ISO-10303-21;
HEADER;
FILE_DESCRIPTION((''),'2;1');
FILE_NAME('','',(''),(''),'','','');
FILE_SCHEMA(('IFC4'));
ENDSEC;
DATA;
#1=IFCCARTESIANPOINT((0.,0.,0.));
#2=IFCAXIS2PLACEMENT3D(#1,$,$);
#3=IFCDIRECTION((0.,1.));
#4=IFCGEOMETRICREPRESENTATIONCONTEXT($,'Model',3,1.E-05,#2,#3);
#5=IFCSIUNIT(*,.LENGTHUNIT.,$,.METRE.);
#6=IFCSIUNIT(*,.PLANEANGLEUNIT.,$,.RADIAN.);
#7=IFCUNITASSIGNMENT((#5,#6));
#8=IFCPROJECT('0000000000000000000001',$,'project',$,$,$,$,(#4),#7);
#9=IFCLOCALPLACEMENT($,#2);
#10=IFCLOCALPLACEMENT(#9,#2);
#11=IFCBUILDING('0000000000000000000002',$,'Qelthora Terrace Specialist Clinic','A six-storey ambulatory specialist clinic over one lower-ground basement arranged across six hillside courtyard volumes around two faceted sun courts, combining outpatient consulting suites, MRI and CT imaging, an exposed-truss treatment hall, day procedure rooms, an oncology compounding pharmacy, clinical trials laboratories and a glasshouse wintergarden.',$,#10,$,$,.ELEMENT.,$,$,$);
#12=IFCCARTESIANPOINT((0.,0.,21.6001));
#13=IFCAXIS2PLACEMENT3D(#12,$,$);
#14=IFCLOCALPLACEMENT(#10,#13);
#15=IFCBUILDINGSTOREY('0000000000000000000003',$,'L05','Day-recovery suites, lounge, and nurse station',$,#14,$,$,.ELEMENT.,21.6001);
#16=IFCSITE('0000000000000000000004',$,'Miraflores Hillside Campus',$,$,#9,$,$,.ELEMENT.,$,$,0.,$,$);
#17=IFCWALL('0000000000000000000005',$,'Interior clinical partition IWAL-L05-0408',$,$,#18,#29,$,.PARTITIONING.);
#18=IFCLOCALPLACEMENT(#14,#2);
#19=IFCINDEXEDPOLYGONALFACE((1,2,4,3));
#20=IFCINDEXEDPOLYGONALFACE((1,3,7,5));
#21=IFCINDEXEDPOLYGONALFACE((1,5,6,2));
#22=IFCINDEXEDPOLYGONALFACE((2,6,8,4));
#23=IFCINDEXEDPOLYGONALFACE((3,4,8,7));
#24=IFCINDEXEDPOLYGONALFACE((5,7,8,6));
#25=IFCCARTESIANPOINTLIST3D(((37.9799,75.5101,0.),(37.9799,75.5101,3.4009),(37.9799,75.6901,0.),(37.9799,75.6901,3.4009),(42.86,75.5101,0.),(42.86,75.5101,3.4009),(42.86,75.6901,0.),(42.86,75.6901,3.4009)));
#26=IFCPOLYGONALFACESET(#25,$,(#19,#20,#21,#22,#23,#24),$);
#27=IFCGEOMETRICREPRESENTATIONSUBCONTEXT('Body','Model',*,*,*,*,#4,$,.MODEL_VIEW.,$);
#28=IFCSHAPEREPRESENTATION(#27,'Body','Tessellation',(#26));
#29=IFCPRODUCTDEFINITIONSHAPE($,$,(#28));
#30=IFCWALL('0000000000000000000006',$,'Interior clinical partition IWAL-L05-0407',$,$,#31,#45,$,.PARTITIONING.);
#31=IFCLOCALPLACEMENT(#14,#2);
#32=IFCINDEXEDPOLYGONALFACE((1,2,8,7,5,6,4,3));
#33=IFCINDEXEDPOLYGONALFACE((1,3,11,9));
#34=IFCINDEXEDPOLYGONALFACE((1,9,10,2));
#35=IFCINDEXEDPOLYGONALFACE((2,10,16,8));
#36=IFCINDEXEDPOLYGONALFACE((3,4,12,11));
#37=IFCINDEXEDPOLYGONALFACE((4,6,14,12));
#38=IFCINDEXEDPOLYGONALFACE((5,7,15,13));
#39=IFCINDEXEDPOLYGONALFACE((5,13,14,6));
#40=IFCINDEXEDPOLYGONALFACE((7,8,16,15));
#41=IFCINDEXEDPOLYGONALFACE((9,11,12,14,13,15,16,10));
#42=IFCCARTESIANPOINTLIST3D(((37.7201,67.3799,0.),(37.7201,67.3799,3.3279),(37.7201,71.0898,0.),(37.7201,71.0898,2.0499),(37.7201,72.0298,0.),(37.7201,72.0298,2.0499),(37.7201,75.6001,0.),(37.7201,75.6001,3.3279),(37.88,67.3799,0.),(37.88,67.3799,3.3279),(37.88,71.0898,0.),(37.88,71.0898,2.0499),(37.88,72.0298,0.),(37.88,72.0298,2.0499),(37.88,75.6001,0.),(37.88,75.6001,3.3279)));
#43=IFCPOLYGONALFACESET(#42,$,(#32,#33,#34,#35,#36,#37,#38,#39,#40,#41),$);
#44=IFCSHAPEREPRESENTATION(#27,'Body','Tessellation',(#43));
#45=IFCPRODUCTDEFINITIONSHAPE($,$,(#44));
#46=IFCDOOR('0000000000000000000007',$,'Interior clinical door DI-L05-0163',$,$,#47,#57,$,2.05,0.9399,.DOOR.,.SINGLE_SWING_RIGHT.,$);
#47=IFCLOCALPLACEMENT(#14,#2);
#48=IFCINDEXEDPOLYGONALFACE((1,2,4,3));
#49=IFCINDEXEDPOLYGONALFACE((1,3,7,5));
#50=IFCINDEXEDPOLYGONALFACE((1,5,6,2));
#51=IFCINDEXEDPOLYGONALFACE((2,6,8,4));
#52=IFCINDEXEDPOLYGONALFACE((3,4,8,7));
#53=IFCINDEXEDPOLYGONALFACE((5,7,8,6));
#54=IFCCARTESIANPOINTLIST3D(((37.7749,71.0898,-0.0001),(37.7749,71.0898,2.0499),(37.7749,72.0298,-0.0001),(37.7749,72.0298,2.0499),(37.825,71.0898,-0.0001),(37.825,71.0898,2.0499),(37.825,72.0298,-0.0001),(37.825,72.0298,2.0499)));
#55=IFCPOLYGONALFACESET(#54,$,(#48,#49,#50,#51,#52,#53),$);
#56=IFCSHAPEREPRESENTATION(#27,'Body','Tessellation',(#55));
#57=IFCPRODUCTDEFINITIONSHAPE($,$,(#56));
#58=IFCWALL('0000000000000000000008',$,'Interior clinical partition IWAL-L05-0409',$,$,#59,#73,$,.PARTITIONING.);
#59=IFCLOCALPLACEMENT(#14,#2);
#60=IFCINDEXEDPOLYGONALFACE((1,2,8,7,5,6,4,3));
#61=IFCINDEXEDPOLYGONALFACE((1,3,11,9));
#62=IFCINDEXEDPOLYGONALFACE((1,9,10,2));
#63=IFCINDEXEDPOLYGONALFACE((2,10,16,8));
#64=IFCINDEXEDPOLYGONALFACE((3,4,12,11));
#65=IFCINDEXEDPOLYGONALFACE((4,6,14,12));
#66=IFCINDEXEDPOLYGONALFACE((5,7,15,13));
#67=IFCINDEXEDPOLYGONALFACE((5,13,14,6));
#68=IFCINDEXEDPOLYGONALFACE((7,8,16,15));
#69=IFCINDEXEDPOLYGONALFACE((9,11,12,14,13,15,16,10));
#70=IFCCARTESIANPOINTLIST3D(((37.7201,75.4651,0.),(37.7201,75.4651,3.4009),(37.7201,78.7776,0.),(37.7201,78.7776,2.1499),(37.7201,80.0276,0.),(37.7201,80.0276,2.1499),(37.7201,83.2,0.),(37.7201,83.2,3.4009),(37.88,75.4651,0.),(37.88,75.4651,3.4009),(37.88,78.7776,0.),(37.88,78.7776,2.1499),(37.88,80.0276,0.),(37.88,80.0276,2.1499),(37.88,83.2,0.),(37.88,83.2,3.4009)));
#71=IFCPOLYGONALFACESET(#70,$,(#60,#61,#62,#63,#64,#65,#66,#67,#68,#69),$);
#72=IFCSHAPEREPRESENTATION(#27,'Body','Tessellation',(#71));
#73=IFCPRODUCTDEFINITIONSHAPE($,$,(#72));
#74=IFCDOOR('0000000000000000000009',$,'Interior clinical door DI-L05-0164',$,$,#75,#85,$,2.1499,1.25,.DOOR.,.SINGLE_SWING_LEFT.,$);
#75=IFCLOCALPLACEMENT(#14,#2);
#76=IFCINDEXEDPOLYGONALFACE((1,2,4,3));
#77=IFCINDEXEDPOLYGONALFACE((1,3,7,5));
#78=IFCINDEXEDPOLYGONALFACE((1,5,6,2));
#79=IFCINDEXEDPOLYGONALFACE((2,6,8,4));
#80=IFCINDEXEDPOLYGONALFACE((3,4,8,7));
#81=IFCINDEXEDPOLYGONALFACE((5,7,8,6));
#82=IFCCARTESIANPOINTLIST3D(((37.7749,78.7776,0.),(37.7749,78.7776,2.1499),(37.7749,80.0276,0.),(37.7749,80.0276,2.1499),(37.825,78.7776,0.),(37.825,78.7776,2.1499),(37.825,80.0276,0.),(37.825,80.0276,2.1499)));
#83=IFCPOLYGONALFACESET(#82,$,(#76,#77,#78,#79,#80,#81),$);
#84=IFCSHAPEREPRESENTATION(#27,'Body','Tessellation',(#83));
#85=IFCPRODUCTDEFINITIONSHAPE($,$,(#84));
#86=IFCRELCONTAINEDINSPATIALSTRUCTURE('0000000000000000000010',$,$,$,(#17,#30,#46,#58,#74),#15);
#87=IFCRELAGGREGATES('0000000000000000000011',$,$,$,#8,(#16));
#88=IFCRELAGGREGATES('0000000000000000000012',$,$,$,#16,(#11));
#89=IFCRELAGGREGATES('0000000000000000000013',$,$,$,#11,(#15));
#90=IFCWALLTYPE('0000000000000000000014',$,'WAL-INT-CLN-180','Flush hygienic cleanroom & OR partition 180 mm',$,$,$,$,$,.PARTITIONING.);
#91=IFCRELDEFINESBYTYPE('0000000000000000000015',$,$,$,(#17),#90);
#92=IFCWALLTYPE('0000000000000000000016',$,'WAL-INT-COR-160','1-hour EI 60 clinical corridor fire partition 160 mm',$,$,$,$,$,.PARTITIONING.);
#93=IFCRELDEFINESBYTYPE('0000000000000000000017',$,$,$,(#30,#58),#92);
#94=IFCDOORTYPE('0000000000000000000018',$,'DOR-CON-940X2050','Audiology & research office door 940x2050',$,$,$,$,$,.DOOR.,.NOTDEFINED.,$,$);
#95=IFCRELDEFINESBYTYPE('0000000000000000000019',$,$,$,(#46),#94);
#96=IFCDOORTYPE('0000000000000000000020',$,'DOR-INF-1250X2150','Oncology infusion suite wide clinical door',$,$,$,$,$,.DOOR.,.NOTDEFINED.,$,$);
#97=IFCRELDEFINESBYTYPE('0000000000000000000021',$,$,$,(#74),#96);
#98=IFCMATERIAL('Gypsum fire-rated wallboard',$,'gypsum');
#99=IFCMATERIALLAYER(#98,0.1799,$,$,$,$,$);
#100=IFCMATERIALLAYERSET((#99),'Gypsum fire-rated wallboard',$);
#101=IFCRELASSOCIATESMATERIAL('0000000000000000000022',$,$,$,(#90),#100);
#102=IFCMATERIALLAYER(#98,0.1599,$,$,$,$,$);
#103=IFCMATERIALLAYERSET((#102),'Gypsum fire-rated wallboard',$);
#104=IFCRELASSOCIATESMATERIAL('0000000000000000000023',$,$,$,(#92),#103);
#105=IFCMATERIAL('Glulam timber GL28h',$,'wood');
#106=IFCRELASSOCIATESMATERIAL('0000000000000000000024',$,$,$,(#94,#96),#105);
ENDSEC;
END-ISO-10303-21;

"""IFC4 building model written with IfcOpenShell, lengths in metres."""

from ifc_helpers import new_model, si_unit, direction, frame, frame_2d, origin, place, context, subcontext, project, spatial, rectangle, extrude, material, layer, layer_set, type_object, element, fill, save


model = new_model("IFC4")

# Units and contexts
model_context = context("Model", 3, precision=1e-05, world=origin(), true_north=direction((0.0, 1.0)))
body_context = subcontext(model_context, "Body", "Model", "MODEL_VIEW")
ifc_project = project(units=[si_unit("LENGTHUNIT", "METRE"), si_unit("PLANEANGLEUNIT", "RADIAN")], contexts=[model_context])

# Site, building, storey
site_placement = place(None, origin())
site = spatial("IfcSite", under=ifc_project, at=site_placement, Name="Miraflores Hillside Campus", CompositionType="ELEMENT", RefElevation=0.0)
building_placement = place(site_placement, origin())
building = spatial("IfcBuilding", under=site, at=building_placement, Name="Qelthora Terrace Specialist Clinic", Description="A six-storey ambulatory specialist clinic over one lower-ground basement arranged across six hillside courtyard volumes around two faceted sun courts, combining outpatient consulting suites, MRI and CT imaging, an exposed-truss treatment hall, day procedure rooms, an oncology compounding pharmacy, clinical trials laboratories and a glasshouse wintergarden.", CompositionType="ELEMENT")
storey_placement = place(building_placement, frame((0.0, 0.0, 21.6001)))
storey = spatial("IfcBuildingStorey", under=building, at=storey_placement, Name="L05", Description="Day-recovery suites, lounge, and nurse station", CompositionType="ELEMENT", Elevation=21.6001)

# Wall
ifc_material_1 = material(Name="Gypsum fire-rated wallboard", Category="gypsum")
ifc_layer_1 = layer(ifc_material_1, 0.1799)
ifc_layer_set_1 = layer_set([ifc_layer_1], Name="Gypsum fire-rated wallboard")
wall_type_1 = type_object("IfcWallType", Name="WAL-INT-CLN-180", Description="Flush hygienic cleanroom & OR partition 180 mm", PredefinedType="PARTITIONING", material=ifc_layer_set_1)
wall_1_placement = place(storey_placement, frame((37.98, 75.6001, 0.0), z_axis=(0.0, 0.0, 1.0), x_axis=(1.0, 0.0, 0.0)))
element("IfcWall", 1, at=wall_1_placement, inside=storey, type_object=wall_type_1, Name="Interior clinical partition IWAL-L05-0408", PredefinedType="PARTITIONING", context=body_context, shape_type="SweptSolid", body=[
    extrude(rectangle(XDim=4.8801, YDim=0.1799, at=frame_2d((2.4399, 0.0))), origin(), (0.0, 0.0, 1.0), 3.4009),
])

# Walls, openings, doors
ifc_layer_2 = layer(ifc_material_1, 0.1599)
ifc_layer_set_2 = layer_set([ifc_layer_2], Name="Gypsum fire-rated wallboard")
wall_type_2 = type_object("IfcWallType", Name="WAL-INT-COR-160", Description="1-hour EI 60 clinical corridor fire partition 160 mm", PredefinedType="PARTITIONING", material=ifc_layer_set_2)
wall_2_placement = place(storey_placement, frame((37.8, 67.3799, 0.0), z_axis=(0.0, 0.0, 1.0), x_axis=(0.0, 1.0, 0.0)))
wall_2 = element("IfcWall", 2, at=wall_2_placement, inside=storey, type_object=wall_type_2, Name="Interior clinical partition IWAL-L05-0407", PredefinedType="PARTITIONING", context=body_context, shape_type="SweptSolid", body=[
    extrude(rectangle(XDim=8.2202, YDim=0.1599, at=frame_2d((4.1101, 0.0))), origin(), (0.0, 0.0, 1.0), 3.3279),
])
opening_1_placement = place(wall_2_placement, frame((3.71, 0.0, 0.0)))
opening_1 = element("IfcOpeningElement", 3, at=opening_1_placement, cuts=wall_2, PredefinedType="OPENING", context=body_context, shape_type="SweptSolid", body=[
    extrude(rectangle(XDim=0.9399, YDim=2.05, at=frame_2d((0.47, 1.0249))), frame((0.0, 0.0898, 0.0), z_axis=(0.0, -1.0, 0.0), x_axis=(1.0, 0.0, 0.0)), (0.0, 0.0, 1.0), 0.1799),
])
ifc_material_2 = material(Name="Glulam timber GL28h", Category="wood")
door_type_1 = type_object("IfcDoorType", Name="DOR-CON-940X2050", Description="Audiology & research office door 940x2050", OperationType="NOTDEFINED", PredefinedType="DOOR", material=ifc_material_2)
door_1_placement = place(opening_1_placement, frame((0.9399, 0.0, 0.0), z_axis=(0.0, 0.0, 1.0), x_axis=(-1.0, 0.0, 0.0)))
door_1 = element("IfcDoor", 4, at=door_1_placement, inside=storey, type_object=door_type_1, Name="Interior clinical door DI-L05-0163", OperationType="SINGLE_SWING_RIGHT", OverallHeight=2.05, OverallWidth=0.9399, PredefinedType="DOOR", context=body_context, shape_type="SweptSolid", body=[
    extrude(rectangle(XDim=0.9399, YDim=2.05, at=frame_2d((0.47, 1.0249))), frame((0.0, 0.0249, 0.0), z_axis=(0.0, -1.0, 0.0), x_axis=(1.0, 0.0, 0.0)), (0.0, 0.0, 1.0), 0.05),
])
fill(opening_1, door_1)
wall_3_placement = place(storey_placement, frame((37.8, 75.4651, 0.0), z_axis=(0.0, 0.0, 1.0), x_axis=(0.0, 1.0, 0.0)))
wall_3 = element("IfcWall", 5, at=wall_3_placement, inside=storey, type_object=wall_type_2, Name="Interior clinical partition IWAL-L05-0409", PredefinedType="PARTITIONING", context=body_context, shape_type="SweptSolid", body=[
    extrude(rectangle(XDim=7.7349, YDim=0.1599, at=frame_2d((3.8674, 0.0))), origin(), (0.0, 0.0, 1.0), 3.4009),
])
opening_2_placement = place(wall_3_placement, frame((3.3125, 0.0, 0.0)))
opening_2 = element("IfcOpeningElement", 6, at=opening_2_placement, cuts=wall_3, PredefinedType="OPENING", context=body_context, shape_type="SweptSolid", body=[
    extrude(rectangle(XDim=1.25, YDim=2.1499, at=frame_2d((0.625, 1.075))), frame((0.0, 0.0898, 0.0), z_axis=(0.0, -1.0, 0.0), x_axis=(1.0, 0.0, 0.0)), (0.0, 0.0, 1.0), 0.1799),
])
door_type_2 = type_object("IfcDoorType", Name="DOR-INF-1250X2150", Description="Oncology infusion suite wide clinical door", OperationType="NOTDEFINED", PredefinedType="DOOR", material=ifc_material_2)
door_2_placement = place(opening_2_placement, frame((1.25, 0.0, 0.0), z_axis=(0.0, 0.0, 1.0), x_axis=(-1.0, 0.0, 0.0)))
door_2 = element("IfcDoor", 7, at=door_2_placement, inside=storey, type_object=door_type_2, Name="Interior clinical door DI-L05-0164", OperationType="SINGLE_SWING_LEFT", OverallHeight=2.1499, OverallWidth=1.25, PredefinedType="DOOR", context=body_context, shape_type="SweptSolid", body=[
    extrude(rectangle(XDim=1.25, YDim=2.1499, at=frame_2d((0.625, 1.075))), frame((0.0, 0.0249, 0.0), z_axis=(0.0, -1.0, 0.0), x_axis=(1.0, 0.0, 0.0)), (0.0, 0.0, 1.0), 0.05),
])
fill(opening_2, door_2)

save(model, "model.ifc")
